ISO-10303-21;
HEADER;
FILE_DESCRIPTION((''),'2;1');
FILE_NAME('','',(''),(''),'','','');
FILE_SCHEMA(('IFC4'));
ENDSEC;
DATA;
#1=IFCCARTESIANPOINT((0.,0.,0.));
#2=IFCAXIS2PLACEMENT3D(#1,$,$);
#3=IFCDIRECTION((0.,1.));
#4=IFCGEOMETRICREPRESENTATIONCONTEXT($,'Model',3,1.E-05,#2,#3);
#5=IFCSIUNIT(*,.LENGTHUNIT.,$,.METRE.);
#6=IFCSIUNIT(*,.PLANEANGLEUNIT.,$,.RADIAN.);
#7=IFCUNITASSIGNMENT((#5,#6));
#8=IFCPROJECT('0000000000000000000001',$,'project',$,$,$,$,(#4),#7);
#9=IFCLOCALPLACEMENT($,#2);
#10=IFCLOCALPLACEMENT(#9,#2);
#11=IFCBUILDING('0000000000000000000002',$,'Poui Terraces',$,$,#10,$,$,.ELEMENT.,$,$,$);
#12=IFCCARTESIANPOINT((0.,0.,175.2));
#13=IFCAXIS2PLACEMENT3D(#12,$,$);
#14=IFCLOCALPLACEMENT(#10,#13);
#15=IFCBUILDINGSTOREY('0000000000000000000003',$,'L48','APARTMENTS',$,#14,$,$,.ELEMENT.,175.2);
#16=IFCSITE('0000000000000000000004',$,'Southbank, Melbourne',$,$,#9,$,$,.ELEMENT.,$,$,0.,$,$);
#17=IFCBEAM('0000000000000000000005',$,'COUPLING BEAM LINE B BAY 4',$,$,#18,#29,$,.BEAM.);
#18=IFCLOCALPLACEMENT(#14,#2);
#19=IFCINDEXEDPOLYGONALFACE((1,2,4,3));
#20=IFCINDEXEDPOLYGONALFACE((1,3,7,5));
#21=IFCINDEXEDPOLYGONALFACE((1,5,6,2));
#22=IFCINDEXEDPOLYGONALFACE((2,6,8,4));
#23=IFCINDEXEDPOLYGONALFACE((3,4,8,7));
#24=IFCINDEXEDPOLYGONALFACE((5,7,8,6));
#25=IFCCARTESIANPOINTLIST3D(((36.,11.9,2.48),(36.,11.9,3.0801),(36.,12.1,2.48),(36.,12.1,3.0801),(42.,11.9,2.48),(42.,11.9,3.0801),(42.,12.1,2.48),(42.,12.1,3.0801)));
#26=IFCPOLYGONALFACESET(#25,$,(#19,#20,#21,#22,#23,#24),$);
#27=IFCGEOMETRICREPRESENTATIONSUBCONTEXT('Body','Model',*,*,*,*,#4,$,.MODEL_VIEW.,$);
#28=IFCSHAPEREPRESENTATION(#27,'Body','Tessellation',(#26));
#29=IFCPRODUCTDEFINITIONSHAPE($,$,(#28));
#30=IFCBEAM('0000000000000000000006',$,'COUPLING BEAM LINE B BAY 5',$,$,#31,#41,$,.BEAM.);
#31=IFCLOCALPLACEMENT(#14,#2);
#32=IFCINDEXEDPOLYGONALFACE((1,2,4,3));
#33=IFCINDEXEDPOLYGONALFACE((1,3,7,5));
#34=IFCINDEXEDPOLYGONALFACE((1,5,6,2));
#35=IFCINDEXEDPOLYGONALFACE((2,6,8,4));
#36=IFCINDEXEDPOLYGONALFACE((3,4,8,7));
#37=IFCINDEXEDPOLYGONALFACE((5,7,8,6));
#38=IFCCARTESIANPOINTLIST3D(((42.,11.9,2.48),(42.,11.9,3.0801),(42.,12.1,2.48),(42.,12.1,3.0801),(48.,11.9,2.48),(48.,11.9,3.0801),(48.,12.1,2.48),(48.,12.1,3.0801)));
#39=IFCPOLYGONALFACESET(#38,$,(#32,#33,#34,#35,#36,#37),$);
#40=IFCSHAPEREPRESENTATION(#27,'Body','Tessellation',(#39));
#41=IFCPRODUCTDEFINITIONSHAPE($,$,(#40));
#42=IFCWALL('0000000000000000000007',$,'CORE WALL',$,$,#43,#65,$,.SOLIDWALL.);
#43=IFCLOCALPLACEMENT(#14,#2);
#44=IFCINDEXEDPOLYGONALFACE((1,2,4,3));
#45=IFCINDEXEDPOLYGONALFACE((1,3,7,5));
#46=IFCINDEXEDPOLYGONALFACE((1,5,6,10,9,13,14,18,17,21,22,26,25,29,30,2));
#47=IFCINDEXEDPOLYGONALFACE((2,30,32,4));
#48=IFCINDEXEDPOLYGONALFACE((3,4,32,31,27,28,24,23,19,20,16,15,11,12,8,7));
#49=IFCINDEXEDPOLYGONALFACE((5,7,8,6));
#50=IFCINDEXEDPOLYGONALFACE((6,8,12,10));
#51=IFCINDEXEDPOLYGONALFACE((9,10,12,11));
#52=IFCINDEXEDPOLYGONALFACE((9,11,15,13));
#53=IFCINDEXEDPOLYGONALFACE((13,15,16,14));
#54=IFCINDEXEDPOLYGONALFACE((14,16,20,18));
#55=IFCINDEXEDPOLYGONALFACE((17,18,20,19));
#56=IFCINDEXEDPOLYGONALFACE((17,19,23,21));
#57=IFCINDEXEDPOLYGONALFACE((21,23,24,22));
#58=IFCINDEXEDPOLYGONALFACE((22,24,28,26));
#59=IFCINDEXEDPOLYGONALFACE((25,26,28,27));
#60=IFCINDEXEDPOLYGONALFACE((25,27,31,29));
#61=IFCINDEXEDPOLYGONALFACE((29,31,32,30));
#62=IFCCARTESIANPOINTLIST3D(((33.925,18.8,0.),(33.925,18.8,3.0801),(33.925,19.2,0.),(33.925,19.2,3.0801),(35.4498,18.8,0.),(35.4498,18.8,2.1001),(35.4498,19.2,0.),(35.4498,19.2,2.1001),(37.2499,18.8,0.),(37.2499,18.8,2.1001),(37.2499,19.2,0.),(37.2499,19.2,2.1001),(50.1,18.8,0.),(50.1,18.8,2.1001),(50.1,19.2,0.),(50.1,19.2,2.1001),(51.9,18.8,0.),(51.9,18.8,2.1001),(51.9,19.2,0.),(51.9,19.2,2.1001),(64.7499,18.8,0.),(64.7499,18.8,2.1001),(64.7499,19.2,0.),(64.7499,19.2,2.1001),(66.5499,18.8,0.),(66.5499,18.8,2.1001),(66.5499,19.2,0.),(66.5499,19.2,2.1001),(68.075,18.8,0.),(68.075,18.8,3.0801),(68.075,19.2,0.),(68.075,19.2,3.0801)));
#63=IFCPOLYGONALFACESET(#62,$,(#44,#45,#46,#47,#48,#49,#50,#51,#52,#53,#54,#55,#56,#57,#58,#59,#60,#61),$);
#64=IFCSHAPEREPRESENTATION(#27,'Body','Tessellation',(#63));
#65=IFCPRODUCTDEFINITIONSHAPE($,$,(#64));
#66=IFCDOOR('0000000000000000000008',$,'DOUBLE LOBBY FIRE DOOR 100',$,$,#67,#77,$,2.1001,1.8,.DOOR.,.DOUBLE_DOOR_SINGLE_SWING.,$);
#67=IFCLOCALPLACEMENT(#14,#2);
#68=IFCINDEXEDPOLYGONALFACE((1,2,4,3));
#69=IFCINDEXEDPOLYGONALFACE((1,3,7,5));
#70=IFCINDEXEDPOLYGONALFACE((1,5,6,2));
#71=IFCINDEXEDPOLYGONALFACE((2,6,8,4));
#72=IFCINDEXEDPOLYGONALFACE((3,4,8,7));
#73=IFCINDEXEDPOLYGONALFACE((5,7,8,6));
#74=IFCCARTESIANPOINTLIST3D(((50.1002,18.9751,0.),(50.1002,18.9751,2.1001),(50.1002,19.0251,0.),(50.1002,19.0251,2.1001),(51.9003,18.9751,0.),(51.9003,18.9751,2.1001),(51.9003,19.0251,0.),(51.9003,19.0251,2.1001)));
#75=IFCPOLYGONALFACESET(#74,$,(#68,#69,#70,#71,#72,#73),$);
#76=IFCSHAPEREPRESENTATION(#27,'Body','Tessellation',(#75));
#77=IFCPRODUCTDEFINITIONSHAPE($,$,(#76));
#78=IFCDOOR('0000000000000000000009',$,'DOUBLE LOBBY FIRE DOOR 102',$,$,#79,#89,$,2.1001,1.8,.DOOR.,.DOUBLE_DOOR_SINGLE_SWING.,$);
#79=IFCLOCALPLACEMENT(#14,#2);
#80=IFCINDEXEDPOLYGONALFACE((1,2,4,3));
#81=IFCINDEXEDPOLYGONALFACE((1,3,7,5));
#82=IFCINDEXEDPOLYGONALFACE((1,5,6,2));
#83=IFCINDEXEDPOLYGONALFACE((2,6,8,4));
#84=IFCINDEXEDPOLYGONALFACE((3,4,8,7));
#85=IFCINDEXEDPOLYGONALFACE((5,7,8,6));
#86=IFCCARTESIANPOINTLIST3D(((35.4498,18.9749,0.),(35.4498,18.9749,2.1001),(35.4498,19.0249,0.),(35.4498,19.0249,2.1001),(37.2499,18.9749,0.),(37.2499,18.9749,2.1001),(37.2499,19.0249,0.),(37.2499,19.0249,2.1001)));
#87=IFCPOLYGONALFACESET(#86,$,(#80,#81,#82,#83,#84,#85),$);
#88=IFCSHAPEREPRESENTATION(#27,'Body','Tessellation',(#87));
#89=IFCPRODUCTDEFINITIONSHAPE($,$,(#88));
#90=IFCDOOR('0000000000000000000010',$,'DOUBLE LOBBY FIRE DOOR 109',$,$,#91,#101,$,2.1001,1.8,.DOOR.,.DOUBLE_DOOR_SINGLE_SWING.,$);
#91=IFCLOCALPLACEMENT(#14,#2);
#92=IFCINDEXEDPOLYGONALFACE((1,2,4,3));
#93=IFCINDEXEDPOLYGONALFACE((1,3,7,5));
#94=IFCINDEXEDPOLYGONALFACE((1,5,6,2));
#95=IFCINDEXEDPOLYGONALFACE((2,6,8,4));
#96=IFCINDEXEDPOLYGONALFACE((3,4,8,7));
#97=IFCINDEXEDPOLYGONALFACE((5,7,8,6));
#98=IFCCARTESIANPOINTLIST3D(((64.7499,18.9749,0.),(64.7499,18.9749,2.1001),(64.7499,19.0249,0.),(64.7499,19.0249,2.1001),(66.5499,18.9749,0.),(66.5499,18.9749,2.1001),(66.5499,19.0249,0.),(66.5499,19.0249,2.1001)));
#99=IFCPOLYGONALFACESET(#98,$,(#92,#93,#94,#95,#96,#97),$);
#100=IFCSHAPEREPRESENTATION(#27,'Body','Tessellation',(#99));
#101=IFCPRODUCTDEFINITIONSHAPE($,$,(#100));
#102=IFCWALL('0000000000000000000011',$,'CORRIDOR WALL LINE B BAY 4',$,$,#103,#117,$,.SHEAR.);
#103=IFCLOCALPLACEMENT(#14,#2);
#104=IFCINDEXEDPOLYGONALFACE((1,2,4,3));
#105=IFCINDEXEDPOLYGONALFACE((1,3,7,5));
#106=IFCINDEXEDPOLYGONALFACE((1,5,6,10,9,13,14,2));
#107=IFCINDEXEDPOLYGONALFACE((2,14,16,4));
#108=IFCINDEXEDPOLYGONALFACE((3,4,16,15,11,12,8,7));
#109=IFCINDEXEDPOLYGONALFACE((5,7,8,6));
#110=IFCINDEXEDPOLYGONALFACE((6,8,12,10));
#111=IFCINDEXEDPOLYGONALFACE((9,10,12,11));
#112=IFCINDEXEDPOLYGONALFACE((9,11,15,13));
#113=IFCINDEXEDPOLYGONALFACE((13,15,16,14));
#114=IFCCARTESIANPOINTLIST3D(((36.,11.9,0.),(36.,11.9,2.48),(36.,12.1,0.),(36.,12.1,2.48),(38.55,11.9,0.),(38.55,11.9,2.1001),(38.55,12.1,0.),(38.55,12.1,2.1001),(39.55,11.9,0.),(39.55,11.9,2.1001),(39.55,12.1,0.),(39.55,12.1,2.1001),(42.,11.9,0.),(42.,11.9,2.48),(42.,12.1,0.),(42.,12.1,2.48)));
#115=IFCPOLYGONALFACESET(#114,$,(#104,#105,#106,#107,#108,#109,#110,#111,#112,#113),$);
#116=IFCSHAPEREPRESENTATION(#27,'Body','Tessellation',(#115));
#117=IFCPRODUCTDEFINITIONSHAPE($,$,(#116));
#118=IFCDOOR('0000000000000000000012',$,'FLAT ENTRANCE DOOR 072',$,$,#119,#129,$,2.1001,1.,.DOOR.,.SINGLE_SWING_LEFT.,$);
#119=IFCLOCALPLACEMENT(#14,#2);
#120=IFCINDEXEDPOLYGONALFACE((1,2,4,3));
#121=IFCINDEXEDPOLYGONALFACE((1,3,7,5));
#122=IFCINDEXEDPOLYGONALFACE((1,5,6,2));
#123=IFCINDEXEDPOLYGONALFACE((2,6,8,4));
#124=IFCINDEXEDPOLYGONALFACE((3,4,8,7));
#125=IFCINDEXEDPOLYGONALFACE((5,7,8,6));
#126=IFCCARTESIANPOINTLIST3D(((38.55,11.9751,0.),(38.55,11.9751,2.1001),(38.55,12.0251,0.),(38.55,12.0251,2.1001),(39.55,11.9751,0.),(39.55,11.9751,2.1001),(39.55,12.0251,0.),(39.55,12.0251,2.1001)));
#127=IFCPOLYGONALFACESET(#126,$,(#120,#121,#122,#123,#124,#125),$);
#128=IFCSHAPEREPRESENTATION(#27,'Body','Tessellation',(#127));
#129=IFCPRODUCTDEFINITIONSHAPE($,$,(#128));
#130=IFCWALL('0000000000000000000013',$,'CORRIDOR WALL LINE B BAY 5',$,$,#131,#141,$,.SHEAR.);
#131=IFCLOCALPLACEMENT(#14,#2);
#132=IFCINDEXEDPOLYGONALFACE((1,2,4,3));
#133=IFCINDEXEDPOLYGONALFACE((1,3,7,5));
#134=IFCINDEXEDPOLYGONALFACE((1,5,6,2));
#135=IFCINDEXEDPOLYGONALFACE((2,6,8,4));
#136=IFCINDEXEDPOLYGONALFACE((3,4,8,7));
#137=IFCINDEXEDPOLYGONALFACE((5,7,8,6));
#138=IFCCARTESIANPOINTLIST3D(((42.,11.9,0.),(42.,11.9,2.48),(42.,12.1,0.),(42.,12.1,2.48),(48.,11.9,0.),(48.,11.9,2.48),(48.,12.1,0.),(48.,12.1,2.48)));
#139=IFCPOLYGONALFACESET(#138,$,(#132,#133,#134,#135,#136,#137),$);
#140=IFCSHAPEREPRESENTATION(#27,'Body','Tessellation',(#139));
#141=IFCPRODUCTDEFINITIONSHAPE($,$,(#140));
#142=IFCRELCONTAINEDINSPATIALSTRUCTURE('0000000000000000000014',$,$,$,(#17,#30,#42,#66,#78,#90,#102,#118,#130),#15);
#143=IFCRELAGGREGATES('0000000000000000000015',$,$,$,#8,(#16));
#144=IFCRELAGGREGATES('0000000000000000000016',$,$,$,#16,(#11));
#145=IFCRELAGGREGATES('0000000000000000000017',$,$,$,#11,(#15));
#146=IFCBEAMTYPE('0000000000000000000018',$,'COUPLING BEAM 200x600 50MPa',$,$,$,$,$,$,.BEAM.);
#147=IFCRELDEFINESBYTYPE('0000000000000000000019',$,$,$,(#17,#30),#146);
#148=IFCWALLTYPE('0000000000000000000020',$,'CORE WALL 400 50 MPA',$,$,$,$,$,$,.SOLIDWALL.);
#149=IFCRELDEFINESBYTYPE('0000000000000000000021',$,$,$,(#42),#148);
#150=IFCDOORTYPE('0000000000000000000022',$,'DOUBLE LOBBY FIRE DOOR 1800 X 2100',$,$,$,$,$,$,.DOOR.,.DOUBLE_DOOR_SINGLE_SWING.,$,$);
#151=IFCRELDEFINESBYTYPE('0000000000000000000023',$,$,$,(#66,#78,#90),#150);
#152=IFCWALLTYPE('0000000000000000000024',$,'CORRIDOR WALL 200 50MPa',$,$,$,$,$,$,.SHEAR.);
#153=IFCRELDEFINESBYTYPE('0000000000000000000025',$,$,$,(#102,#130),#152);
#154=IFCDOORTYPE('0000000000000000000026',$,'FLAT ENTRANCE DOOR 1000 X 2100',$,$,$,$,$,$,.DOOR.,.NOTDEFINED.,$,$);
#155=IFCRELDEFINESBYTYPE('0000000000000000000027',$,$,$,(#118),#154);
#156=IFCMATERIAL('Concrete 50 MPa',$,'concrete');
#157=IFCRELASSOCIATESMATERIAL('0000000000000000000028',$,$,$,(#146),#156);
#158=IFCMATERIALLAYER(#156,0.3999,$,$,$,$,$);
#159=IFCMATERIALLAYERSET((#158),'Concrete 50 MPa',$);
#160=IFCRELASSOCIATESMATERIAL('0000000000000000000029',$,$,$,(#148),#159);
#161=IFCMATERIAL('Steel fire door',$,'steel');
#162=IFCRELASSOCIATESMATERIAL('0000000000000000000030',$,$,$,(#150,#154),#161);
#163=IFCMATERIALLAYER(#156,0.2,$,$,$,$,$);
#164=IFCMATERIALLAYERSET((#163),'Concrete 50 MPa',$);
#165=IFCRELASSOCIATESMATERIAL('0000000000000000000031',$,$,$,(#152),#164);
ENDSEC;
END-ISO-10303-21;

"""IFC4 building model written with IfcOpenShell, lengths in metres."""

from ifc_helpers import new_model, si_unit, direction, frame, frame_2d, origin, origin_2d, place, context, subcontext, project, spatial, rectangle, extrude, source, transform, mapped, material, layer, layer_set, material_profile, profile_set, type_object, element, fill, save


model = new_model("IFC4")

# Units and contexts
model_context = context("Model", 3, precision=1e-05, world=origin(), true_north=direction((0.0, 1.0)))
body_context = subcontext(model_context, "Body", "Model", "MODEL_VIEW")
ifc_project = project(units=[si_unit("LENGTHUNIT", "METRE"), si_unit("PLANEANGLEUNIT", "RADIAN")], contexts=[model_context])

# Site, building, storey
site_placement = place(None, origin())
site = spatial("IfcSite", under=ifc_project, at=site_placement, Name="Southbank, Melbourne", CompositionType="ELEMENT", RefElevation=0.0)
building_placement = place(site_placement, origin())
building = spatial("IfcBuilding", under=site, at=building_placement, Name="Poui Terraces", CompositionType="ELEMENT")
storey_placement = place(building_placement, frame((0.0, 0.0, 175.2)))
storey = spatial("IfcBuildingStorey", under=building, at=storey_placement, Name="L48", Description="APARTMENTS", CompositionType="ELEMENT", Elevation=175.2)

# Beams
ifc_material_1 = material(Name="Concrete 50 MPa", Category="concrete")
ifc_material_profile = material_profile(ifc_material_1, rectangle(XDim=0.2, YDim=0.6001, at=origin_2d()), Name="RC 200x600")
ifc_profile_set = profile_set([ifc_material_profile], Name="Concrete 50 MPa")
beam_type = type_object("IfcBeamType", Name="COUPLING BEAM 200x600 50MPa", PredefinedType="BEAM", material=ifc_profile_set)
shared_shape = source(origin(), body_context, "Body", "SweptSolid", [
    extrude(rectangle(XDim=0.2, YDim=0.6001, at=origin_2d()), origin(), (0.0, 0.0, 1.0), 6.0),
])
for number, where, z_axis, x_axis, name in (
    (1, (36.0, 12.0, 2.78), (1.0, 0.0, 0.0), (0.0, 1.0, 0.0), "COUPLING BEAM LINE B BAY 4"),
    (2, (42.0, 12.0, 2.78), (1.0, 0.0, 0.0), (0.0, 1.0, 0.0), "COUPLING BEAM LINE B BAY 5"),
):
    element("IfcBeam", number, at=place(storey_placement, frame(where, z_axis=z_axis, x_axis=x_axis)), inside=storey, type_object=beam_type, Name=name, PredefinedType="BEAM", context=body_context, shape_type="MappedRepresentation", body=[
        mapped(shared_shape, transform((0.0, 0.0, 0.0))),
    ])

# Wall, openings, doors
ifc_layer_1 = layer(ifc_material_1, 0.3999)
ifc_layer_set_1 = layer_set([ifc_layer_1], Name="Concrete 50 MPa")
wall_type_1 = type_object("IfcWallType", Name="CORE WALL 400 50 MPA", PredefinedType="SOLIDWALL", material=ifc_layer_set_1)
wall_1_placement = place(storey_placement, frame((33.925, 19.0, 0.0), z_axis=(0.0, 0.0, 1.0), x_axis=(1.0, 0.0, 0.0)))
wall_1 = element("IfcWall", 3, at=wall_1_placement, inside=storey, type_object=wall_type_1, Name="CORE WALL", PredefinedType="SOLIDWALL", context=body_context, shape_type="SweptSolid", body=[
    extrude(rectangle(XDim=34.1499, YDim=0.3999, at=frame_2d((17.075, 0.0))), origin(), (0.0, 0.0, 1.0), 3.0801),
])
opening_1_placement = place(wall_1_placement, frame((16.175, 0.0, 0.0)))
opening_1 = element("IfcOpeningElement", 4, at=opening_1_placement, cuts=wall_1, PredefinedType="OPENING", context=body_context, shape_type="SweptSolid", body=[
    extrude(rectangle(XDim=1.8, YDim=2.1001, at=frame_2d((0.8999, 1.05))), frame((0.0, 0.21, 0.0), z_axis=(0.0, -1.0, 0.0), x_axis=(1.0, 0.0, 0.0)), (0.0, 0.0, 1.0), 0.4199),
])
opening_2_placement = place(wall_1_placement, frame((1.5249, 0.0, 0.0)))
opening_2 = element("IfcOpeningElement", 5, at=opening_2_placement, cuts=wall_1, PredefinedType="OPENING", context=body_context, shape_type="SweptSolid", body=[
    extrude(rectangle(XDim=1.8, YDim=2.1001, at=frame_2d((0.8999, 1.05))), frame((0.0, 0.21, 0.0), z_axis=(0.0, -1.0, 0.0), x_axis=(1.0, 0.0, 0.0)), (0.0, 0.0, 1.0), 0.4199),
])
opening_3_placement = place(wall_1_placement, frame((30.825, 0.0, 0.0)))
opening_3 = element("IfcOpeningElement", 6, at=opening_3_placement, cuts=wall_1, PredefinedType="OPENING", context=body_context, shape_type="SweptSolid", body=[
    extrude(rectangle(XDim=1.8, YDim=2.1001, at=frame_2d((0.8999, 1.05))), frame((0.0, 0.21, 0.0), z_axis=(0.0, -1.0, 0.0), x_axis=(1.0, 0.0, 0.0)), (0.0, 0.0, 1.0), 0.4199),
])
ifc_material_2 = material(Name="Steel fire door", Category="steel")
door_type_1 = type_object("IfcDoorType", Name="DOUBLE LOBBY FIRE DOOR 1800 X 2100", OperationType="DOUBLE_DOOR_SINGLE_SWING", PredefinedType="DOOR", material=ifc_material_2)
door_1_placement = place(opening_1_placement, frame((1.8, 0.0, 0.0), z_axis=(0.0, 0.0, 1.0), x_axis=(-1.0, 0.0, 0.0)))
door_1 = element("IfcDoor", 7, at=door_1_placement, inside=storey, type_object=door_type_1, Name="DOUBLE LOBBY FIRE DOOR 100", OperationType="DOUBLE_DOOR_SINGLE_SWING", OverallHeight=2.1001, OverallWidth=1.8, PredefinedType="DOOR", context=body_context, shape_type="SweptSolid", body=[
    extrude(rectangle(XDim=1.8, YDim=2.1001, at=frame_2d((0.8999, 1.05))), frame((0.0, 0.0249, 0.0), z_axis=(0.0, -1.0, 0.0), x_axis=(1.0, 0.0, 0.0)), (0.0, 0.0, 1.0), 0.05),
])
fill(opening_1, door_1)
door_2_placement = place(opening_2_placement, origin())
door_2 = element("IfcDoor", 8, at=door_2_placement, inside=storey, type_object=door_type_1, Name="DOUBLE LOBBY FIRE DOOR 102", OperationType="DOUBLE_DOOR_SINGLE_SWING", OverallHeight=2.1001, OverallWidth=1.8, PredefinedType="DOOR", context=body_context, shape_type="SweptSolid", body=[
    extrude(rectangle(XDim=1.8, YDim=2.1001, at=frame_2d((0.8999, 1.05))), frame((0.0, 0.0249, 0.0), z_axis=(0.0, -1.0, 0.0), x_axis=(1.0, 0.0, 0.0)), (0.0, 0.0, 1.0), 0.05),
])
fill(opening_2, door_2)
door_3_placement = place(opening_3_placement, origin())
door_3 = element("IfcDoor", 9, at=door_3_placement, inside=storey, type_object=door_type_1, Name="DOUBLE LOBBY FIRE DOOR 109", OperationType="DOUBLE_DOOR_SINGLE_SWING", OverallHeight=2.1001, OverallWidth=1.8, PredefinedType="DOOR", context=body_context, shape_type="SweptSolid", body=[
    extrude(rectangle(XDim=1.8, YDim=2.1001, at=frame_2d((0.8999, 1.05))), frame((0.0, 0.0249, 0.0), z_axis=(0.0, -1.0, 0.0), x_axis=(1.0, 0.0, 0.0)), (0.0, 0.0, 1.0), 0.05),
])
fill(opening_3, door_3)

# Wall, opening, door
ifc_layer_2 = layer(ifc_material_1, 0.2)
ifc_layer_set_2 = layer_set([ifc_layer_2], Name="Concrete 50 MPa")
wall_type_2 = type_object("IfcWallType", Name="CORRIDOR WALL 200 50MPa", PredefinedType="SHEAR", material=ifc_layer_set_2)
wall_2_placement = place(storey_placement, frame((36.0, 12.0, 0.0), z_axis=(0.0, 0.0, 1.0), x_axis=(1.0, 0.0, 0.0)))
wall_2 = element("IfcWall", 10, at=wall_2_placement, inside=storey, type_object=wall_type_2, Name="CORRIDOR WALL LINE B BAY 4", PredefinedType="SHEAR", context=body_context, shape_type="SweptSolid", body=[
    extrude(rectangle(XDim=6.0, YDim=0.2, at=frame_2d((3.0, 0.0))), origin(), (0.0, 0.0, 1.0), 2.48),
])
opening_4_placement = place(wall_2_placement, frame((2.55, 0.0, 0.0)))
opening_4 = element("IfcOpeningElement", 11, at=opening_4_placement, cuts=wall_2, PredefinedType="OPENING", context=body_context, shape_type="SweptSolid", body=[
    extrude(rectangle(XDim=1.0, YDim=2.1001, at=frame_2d((0.5, 1.05))), frame((0.0, 0.1099, 0.0), z_axis=(0.0, -1.0, 0.0), x_axis=(1.0, 0.0, 0.0)), (0.0, 0.0, 1.0), 0.22),
])
door_type_2 = type_object("IfcDoorType", Name="FLAT ENTRANCE DOOR 1000 X 2100", OperationType="NOTDEFINED", PredefinedType="DOOR", material=ifc_material_2)
door_4_placement = place(opening_4_placement, frame((1.0, 0.0, 0.0), z_axis=(0.0, 0.0, 1.0), x_axis=(-1.0, 0.0, 0.0)))
door_4 = element("IfcDoor", 12, at=door_4_placement, inside=storey, type_object=door_type_2, Name="FLAT ENTRANCE DOOR 072", OperationType="SINGLE_SWING_LEFT", OverallHeight=2.1001, OverallWidth=1.0, PredefinedType="DOOR", context=body_context, shape_type="SweptSolid", body=[
    extrude(rectangle(XDim=1.0, YDim=2.1001, at=frame_2d((0.5, 1.05))), frame((0.0, 0.0249, 0.0), z_axis=(0.0, -1.0, 0.0), x_axis=(1.0, 0.0, 0.0)), (0.0, 0.0, 1.0), 0.05),
])
fill(opening_4, door_4)

# Wall
wall_3_placement = place(storey_placement, frame((42.0, 12.0, 0.0), z_axis=(0.0, 0.0, 1.0), x_axis=(1.0, 0.0, 0.0)))
element("IfcWall", 13, at=wall_3_placement, inside=storey, type_object=wall_type_2, Name="CORRIDOR WALL LINE B BAY 5", PredefinedType="SHEAR", context=body_context, shape_type="SweptSolid", body=[
    extrude(rectangle(XDim=6.0, YDim=0.2, at=frame_2d((3.0, 0.0))), origin(), (0.0, 0.0, 1.0), 2.48),
])

save(model, "model.ifc")
